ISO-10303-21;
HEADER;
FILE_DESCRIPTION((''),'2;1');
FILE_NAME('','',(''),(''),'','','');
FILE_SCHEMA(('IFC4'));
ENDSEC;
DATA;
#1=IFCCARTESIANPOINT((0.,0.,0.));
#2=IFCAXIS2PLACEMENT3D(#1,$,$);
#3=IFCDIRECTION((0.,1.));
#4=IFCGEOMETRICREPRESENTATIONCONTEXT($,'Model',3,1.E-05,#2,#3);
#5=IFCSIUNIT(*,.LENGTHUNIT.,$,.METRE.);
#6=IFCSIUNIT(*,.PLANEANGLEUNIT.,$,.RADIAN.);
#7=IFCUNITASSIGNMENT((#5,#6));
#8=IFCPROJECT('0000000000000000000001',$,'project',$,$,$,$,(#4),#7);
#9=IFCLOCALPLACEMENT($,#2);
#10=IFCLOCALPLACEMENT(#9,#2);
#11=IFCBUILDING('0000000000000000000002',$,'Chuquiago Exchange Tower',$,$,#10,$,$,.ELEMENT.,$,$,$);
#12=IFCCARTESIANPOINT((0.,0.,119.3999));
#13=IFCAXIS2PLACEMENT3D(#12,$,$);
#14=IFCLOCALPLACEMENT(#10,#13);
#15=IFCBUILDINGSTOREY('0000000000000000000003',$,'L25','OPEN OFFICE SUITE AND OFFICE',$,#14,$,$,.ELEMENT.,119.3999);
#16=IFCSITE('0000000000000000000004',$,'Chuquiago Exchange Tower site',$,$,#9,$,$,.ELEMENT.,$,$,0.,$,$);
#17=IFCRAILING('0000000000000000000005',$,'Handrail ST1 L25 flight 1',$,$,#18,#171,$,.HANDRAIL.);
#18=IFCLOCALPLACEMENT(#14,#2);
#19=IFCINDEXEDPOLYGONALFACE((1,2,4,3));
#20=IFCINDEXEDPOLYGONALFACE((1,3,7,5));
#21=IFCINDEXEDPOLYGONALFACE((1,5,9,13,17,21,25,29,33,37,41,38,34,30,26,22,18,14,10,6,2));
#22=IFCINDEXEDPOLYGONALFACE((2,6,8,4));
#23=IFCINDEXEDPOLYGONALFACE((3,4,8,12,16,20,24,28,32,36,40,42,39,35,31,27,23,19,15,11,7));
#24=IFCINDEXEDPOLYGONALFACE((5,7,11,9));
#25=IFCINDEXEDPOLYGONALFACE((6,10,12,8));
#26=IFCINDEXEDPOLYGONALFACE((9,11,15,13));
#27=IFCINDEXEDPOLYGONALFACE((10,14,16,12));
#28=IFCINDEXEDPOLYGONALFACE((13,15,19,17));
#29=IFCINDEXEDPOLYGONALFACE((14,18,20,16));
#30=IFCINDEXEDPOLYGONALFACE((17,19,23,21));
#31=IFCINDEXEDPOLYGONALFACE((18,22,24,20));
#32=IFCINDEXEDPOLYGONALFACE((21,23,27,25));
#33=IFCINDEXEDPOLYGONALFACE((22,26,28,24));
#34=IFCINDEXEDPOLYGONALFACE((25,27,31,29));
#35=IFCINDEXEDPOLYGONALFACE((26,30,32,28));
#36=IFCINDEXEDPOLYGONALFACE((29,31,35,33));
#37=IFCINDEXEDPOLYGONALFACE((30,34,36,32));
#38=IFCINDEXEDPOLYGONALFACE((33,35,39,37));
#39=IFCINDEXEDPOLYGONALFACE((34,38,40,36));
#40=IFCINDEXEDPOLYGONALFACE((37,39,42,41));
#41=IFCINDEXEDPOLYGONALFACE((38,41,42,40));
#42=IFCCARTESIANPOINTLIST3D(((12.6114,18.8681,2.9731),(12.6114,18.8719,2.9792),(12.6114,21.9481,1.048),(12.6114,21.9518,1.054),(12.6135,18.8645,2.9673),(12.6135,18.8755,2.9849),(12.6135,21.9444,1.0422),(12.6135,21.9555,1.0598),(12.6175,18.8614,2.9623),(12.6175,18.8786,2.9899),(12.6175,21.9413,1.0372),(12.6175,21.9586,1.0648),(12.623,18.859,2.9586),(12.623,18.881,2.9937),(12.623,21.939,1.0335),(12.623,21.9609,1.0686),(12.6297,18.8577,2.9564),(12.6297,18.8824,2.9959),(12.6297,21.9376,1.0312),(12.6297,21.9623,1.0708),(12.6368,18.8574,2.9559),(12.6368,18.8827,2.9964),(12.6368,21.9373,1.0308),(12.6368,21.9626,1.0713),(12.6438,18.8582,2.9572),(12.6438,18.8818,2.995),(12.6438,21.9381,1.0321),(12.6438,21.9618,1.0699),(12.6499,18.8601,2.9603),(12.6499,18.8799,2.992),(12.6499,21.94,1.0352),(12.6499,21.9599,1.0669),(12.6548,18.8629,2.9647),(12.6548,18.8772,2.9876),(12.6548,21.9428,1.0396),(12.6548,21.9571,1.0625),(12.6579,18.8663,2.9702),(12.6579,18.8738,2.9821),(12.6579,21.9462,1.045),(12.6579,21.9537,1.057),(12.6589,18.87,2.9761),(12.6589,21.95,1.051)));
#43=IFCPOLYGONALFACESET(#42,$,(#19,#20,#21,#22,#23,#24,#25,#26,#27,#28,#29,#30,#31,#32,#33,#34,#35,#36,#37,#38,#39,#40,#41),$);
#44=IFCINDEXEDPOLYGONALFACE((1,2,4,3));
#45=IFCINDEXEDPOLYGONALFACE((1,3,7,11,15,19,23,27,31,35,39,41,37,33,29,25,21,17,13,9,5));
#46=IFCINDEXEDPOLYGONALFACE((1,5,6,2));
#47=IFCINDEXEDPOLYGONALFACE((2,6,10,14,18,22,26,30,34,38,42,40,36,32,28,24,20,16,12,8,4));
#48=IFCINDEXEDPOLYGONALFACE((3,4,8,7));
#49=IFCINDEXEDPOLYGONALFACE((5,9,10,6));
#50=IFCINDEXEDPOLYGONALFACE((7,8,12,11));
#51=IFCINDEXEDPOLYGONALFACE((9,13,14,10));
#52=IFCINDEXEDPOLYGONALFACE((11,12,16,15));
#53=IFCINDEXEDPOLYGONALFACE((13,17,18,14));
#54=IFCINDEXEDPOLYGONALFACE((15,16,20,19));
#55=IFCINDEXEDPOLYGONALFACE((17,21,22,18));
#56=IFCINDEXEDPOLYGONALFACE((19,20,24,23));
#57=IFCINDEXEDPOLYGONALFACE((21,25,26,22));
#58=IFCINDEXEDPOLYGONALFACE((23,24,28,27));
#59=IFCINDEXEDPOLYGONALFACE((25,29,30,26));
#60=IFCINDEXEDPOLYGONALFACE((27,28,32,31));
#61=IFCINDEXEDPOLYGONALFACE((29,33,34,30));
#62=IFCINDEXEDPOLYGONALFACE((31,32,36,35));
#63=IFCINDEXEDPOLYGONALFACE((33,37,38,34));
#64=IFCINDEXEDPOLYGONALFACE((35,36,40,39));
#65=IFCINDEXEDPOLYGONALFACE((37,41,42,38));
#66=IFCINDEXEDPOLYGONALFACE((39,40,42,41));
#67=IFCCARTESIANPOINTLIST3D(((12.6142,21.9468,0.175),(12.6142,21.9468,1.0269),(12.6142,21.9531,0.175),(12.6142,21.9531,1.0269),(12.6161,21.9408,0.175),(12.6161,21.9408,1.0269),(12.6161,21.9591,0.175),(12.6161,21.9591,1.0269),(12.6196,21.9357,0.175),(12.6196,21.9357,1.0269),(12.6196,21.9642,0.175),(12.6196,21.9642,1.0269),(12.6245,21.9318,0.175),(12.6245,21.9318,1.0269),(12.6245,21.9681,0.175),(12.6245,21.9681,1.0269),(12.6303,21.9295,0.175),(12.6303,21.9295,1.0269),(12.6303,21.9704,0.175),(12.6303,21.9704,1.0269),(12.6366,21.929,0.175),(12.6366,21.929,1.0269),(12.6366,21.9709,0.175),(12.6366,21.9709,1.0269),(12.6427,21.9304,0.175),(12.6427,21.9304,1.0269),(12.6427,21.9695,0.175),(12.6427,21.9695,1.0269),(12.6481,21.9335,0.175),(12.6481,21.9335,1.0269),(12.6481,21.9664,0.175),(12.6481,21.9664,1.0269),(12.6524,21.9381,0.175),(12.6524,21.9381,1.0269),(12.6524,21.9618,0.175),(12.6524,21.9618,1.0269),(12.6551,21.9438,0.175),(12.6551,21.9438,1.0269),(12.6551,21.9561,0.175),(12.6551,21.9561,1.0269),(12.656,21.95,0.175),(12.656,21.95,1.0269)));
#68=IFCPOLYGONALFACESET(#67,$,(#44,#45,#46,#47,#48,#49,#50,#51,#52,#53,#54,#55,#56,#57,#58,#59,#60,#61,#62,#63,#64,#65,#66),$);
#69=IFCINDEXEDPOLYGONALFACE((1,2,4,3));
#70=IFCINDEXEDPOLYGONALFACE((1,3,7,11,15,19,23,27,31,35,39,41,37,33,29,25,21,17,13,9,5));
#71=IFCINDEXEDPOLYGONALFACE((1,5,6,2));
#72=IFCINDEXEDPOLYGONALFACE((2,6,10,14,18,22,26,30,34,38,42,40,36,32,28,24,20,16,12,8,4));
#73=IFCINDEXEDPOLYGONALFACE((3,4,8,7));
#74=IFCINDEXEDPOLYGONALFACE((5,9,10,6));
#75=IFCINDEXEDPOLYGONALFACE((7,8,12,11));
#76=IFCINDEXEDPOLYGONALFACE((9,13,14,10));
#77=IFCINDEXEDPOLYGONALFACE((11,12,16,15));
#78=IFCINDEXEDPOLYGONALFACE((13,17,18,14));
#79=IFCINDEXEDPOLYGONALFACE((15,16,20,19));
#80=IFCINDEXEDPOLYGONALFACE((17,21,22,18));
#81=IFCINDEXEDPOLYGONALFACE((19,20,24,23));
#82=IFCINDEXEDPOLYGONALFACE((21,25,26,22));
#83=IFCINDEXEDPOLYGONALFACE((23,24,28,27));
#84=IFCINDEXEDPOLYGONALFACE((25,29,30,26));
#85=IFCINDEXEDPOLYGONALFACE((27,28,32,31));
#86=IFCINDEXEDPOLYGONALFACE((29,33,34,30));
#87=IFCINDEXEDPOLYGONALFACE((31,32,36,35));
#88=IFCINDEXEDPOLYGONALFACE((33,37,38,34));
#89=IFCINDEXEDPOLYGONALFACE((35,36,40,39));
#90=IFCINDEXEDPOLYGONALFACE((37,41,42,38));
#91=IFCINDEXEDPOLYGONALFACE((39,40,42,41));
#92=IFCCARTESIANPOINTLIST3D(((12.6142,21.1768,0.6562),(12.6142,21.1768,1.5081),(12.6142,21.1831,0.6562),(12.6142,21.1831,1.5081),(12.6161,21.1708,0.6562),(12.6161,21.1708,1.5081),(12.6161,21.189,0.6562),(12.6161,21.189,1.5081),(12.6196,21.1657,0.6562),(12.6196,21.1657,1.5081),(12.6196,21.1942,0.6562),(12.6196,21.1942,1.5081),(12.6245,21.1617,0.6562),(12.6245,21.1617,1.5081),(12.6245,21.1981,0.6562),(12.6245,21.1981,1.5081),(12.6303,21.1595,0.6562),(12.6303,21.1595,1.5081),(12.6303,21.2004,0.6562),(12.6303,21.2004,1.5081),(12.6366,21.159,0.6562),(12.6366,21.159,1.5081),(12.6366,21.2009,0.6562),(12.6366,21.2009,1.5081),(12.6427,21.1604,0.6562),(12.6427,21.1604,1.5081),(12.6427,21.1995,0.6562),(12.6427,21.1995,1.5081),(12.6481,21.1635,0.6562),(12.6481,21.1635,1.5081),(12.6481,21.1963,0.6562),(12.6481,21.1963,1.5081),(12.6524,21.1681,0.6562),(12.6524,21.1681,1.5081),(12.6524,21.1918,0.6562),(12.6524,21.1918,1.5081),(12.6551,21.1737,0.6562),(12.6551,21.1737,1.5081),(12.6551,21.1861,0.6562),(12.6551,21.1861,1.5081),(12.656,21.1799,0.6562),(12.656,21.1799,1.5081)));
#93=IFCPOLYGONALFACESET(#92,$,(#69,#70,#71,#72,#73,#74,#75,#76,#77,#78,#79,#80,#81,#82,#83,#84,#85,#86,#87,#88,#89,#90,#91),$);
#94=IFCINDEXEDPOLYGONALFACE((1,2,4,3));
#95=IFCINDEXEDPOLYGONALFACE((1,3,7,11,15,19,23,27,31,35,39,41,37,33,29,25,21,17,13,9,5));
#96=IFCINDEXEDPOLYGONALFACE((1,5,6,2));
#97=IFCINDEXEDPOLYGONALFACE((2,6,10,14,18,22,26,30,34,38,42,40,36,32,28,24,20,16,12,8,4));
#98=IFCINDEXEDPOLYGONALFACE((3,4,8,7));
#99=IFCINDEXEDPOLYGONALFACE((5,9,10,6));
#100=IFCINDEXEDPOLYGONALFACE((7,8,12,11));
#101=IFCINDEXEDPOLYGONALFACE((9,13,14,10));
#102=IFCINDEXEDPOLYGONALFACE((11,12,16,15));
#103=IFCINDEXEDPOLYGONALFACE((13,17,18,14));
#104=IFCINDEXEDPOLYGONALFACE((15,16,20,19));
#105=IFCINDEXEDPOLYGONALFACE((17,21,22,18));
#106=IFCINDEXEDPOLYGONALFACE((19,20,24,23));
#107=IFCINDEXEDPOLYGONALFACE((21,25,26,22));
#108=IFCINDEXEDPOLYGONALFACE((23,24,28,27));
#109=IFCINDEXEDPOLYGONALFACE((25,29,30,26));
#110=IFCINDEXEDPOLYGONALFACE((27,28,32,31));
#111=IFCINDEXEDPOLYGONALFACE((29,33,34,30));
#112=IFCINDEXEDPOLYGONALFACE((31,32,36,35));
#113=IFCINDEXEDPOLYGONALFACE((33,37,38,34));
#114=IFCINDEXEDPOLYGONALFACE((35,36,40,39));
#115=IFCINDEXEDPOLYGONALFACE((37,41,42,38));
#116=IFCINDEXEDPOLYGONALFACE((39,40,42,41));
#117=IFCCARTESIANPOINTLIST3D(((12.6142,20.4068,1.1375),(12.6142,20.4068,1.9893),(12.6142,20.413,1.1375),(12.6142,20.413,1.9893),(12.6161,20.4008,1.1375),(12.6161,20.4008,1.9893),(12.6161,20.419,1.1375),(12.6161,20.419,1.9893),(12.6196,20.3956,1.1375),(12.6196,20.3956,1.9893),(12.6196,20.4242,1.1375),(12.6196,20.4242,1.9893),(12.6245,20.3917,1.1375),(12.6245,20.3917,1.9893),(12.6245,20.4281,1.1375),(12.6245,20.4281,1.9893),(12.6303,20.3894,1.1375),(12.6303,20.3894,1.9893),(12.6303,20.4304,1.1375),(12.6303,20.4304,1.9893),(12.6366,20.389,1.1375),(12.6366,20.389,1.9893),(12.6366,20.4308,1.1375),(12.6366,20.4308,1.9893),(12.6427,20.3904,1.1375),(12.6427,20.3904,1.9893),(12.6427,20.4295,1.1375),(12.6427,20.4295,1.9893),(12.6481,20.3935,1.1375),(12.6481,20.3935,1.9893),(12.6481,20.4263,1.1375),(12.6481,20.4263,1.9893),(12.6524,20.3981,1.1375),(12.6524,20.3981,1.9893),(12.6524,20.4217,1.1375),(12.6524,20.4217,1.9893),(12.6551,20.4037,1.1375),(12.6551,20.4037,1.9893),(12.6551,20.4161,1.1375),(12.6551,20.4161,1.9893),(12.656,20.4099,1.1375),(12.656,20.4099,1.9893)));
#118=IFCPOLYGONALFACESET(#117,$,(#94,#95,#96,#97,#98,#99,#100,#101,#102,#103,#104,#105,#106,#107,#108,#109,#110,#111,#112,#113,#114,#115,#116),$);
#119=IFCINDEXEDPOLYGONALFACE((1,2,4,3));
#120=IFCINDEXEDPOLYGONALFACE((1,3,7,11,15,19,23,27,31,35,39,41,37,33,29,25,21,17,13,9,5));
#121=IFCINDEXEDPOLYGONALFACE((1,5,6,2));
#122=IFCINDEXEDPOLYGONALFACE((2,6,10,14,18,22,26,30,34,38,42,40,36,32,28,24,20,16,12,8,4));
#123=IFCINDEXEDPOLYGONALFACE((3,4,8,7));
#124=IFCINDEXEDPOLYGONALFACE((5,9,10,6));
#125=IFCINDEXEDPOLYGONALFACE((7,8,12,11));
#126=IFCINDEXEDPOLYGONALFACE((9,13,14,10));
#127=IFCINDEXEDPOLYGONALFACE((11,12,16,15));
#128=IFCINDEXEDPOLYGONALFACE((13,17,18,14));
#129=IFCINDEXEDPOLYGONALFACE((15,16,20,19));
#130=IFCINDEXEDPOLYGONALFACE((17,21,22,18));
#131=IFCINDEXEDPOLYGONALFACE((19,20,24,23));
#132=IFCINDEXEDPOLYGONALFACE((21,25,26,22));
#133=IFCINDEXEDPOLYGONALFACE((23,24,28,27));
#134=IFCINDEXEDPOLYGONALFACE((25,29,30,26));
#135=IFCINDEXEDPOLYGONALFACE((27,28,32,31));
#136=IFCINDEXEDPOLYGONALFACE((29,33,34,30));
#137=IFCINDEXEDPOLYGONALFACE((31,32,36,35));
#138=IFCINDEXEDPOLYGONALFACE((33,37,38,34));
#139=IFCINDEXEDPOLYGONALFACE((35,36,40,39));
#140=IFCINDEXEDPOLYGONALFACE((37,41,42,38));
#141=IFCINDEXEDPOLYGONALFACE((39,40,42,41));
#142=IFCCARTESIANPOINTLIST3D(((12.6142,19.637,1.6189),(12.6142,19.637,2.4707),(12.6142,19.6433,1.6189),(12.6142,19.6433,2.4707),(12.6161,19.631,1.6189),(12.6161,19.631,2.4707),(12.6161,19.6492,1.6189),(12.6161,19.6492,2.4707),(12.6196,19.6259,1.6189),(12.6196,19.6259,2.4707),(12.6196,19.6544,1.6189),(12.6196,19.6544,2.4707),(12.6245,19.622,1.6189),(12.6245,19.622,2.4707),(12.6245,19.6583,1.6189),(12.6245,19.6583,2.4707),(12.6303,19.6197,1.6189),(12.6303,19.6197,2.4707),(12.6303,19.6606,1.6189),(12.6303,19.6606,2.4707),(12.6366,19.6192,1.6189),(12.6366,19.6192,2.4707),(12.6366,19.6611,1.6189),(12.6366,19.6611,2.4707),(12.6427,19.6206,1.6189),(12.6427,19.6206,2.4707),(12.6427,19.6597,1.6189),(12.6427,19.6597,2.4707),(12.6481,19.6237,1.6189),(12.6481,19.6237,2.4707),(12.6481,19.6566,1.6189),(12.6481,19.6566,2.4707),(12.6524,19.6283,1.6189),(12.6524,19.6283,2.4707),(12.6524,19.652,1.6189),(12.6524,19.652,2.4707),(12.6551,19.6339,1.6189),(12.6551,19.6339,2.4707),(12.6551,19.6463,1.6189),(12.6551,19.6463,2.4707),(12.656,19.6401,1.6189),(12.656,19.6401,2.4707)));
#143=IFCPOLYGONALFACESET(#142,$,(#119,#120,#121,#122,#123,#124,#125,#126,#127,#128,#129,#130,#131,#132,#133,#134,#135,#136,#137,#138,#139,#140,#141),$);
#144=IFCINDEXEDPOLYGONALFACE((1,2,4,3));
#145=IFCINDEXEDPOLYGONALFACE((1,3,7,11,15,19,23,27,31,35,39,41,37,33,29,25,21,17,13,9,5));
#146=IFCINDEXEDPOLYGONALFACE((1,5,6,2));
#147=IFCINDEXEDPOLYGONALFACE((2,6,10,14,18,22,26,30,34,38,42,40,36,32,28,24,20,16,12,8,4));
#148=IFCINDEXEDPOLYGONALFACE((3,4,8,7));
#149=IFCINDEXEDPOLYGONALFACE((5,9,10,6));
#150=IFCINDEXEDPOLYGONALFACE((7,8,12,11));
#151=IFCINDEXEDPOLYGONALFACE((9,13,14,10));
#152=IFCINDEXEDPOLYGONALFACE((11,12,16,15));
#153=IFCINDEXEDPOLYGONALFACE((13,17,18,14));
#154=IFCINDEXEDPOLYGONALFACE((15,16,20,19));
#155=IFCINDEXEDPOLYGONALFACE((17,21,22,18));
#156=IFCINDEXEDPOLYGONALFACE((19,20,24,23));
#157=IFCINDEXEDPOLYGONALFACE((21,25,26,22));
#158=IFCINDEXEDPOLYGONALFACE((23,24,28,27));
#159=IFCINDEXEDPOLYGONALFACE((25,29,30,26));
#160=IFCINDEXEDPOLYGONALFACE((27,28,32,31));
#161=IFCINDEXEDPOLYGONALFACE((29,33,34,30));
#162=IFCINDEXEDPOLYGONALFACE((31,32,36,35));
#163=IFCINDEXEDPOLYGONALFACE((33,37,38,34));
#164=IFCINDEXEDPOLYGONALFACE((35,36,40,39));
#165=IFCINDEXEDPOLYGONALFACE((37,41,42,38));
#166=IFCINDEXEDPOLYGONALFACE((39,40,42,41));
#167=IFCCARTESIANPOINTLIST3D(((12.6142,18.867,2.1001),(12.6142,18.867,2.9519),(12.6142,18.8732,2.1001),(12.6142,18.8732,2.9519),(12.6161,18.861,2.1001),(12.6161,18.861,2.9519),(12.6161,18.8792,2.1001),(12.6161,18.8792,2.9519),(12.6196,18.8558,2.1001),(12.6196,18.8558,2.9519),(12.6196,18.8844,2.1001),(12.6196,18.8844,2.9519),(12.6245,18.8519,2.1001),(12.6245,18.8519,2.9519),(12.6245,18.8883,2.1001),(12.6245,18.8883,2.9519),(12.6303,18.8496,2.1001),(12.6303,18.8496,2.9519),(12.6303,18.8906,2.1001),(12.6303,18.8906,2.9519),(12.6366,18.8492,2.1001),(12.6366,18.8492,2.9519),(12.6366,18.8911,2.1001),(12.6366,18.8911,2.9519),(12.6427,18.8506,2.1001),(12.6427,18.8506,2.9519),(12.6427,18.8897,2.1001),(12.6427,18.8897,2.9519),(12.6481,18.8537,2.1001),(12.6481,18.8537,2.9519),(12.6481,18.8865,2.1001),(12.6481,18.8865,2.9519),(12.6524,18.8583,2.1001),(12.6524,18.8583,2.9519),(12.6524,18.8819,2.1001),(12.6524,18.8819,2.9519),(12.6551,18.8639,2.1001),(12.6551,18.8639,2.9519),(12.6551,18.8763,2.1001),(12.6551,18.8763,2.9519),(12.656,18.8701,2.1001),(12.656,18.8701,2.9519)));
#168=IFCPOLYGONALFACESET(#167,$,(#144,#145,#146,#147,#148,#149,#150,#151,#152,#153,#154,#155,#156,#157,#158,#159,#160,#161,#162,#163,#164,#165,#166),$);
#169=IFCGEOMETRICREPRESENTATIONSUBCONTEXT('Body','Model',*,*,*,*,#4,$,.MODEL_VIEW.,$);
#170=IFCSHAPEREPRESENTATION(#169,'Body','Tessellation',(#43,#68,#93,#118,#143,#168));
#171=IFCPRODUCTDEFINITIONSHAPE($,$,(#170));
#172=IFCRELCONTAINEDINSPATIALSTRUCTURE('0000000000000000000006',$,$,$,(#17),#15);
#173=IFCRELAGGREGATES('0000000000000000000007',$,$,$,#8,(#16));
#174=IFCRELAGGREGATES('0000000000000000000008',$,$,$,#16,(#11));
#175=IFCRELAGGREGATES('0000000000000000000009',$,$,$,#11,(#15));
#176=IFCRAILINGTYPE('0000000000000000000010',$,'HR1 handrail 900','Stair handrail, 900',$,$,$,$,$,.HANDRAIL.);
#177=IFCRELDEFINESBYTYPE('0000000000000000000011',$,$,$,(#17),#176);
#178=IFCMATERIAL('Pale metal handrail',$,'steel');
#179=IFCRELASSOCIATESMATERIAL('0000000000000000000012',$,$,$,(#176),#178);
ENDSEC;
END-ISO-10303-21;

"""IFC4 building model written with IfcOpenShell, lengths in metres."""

from ifc_helpers import new_model, si_unit, direction, frame, origin, origin_2d, place, context, subcontext, project, spatial, circle, extrude, material, type_object, element, save


model = new_model("IFC4")

# Units and contexts
model_context = context("Model", 3, precision=1e-05, world=origin(), true_north=direction((0.0, 1.0)))
body_context = subcontext(model_context, "Body", "Model", "MODEL_VIEW")
ifc_project = project(units=[si_unit("LENGTHUNIT", "METRE"), si_unit("PLANEANGLEUNIT", "RADIAN")], contexts=[model_context])

# Site, building, storey
site_placement = place(None, origin())
site = spatial("IfcSite", under=ifc_project, at=site_placement, Name="Chuquiago Exchange Tower site", CompositionType="ELEMENT", RefElevation=0.0)
building_placement = place(site_placement, origin())
building = spatial("IfcBuilding", under=site, at=building_placement, Name="Chuquiago Exchange Tower", CompositionType="ELEMENT")
storey_placement = place(building_placement, frame((0.0, 0.0, 119.3999)))
storey = spatial("IfcBuildingStorey", under=building, at=storey_placement, Name="L25", Description="OPEN OFFICE SUITE AND OFFICE", CompositionType="ELEMENT", Elevation=119.3999)

# Railing
ifc_material_1 = material(Name="Pale metal handrail", Category="steel")
railing_type = type_object("IfcRailingType", Name="HR1 handrail 900", Description="Stair handrail, 900", PredefinedType="HANDRAIL", material=ifc_material_1)
for number, where, name in (
    (1, (12.635, 21.95, 0.175), "Handrail ST1 L25 flight 1"),
):
    element("IfcRailing", number, at=place(storey_placement, frame(where)), inside=storey, type_object=railing_type, Name=name, PredefinedType="HANDRAIL", context=body_context, shape_type="SweptSolid", body=[
        extrude(circle(Radius=0.0239, at=origin_2d()), frame((0.0, 0.0, 0.876), z_axis=(0.0, -0.847979, 0.530029), x_axis=(1.0, 0.0, 0.0)), (0.0, 0.0, 1.0), 3.6321),
        extrude(circle(Radius=0.021, at=origin_2d()), origin(), (0.0, 0.0, 1.0), 0.8518),
        extrude(circle(Radius=0.021, at=origin_2d()), frame((0.0, -0.77, 0.4812)), (0.0, 0.0, 1.0), 0.8518),
        extrude(circle(Radius=0.021, at=origin_2d()), frame((0.0, -1.54, 0.9624)), (0.0, 0.0, 1.0), 0.8518),
        extrude(circle(Radius=0.021, at=origin_2d()), frame((0.0, -2.3098, 1.4438)), (0.0, 0.0, 1.0), 0.8518),
        extrude(circle(Radius=0.021, at=origin_2d()), frame((0.0, -3.0798, 1.925)), (0.0, 0.0, 1.0), 0.8518),
    ])

save(model, "model.ifc")
